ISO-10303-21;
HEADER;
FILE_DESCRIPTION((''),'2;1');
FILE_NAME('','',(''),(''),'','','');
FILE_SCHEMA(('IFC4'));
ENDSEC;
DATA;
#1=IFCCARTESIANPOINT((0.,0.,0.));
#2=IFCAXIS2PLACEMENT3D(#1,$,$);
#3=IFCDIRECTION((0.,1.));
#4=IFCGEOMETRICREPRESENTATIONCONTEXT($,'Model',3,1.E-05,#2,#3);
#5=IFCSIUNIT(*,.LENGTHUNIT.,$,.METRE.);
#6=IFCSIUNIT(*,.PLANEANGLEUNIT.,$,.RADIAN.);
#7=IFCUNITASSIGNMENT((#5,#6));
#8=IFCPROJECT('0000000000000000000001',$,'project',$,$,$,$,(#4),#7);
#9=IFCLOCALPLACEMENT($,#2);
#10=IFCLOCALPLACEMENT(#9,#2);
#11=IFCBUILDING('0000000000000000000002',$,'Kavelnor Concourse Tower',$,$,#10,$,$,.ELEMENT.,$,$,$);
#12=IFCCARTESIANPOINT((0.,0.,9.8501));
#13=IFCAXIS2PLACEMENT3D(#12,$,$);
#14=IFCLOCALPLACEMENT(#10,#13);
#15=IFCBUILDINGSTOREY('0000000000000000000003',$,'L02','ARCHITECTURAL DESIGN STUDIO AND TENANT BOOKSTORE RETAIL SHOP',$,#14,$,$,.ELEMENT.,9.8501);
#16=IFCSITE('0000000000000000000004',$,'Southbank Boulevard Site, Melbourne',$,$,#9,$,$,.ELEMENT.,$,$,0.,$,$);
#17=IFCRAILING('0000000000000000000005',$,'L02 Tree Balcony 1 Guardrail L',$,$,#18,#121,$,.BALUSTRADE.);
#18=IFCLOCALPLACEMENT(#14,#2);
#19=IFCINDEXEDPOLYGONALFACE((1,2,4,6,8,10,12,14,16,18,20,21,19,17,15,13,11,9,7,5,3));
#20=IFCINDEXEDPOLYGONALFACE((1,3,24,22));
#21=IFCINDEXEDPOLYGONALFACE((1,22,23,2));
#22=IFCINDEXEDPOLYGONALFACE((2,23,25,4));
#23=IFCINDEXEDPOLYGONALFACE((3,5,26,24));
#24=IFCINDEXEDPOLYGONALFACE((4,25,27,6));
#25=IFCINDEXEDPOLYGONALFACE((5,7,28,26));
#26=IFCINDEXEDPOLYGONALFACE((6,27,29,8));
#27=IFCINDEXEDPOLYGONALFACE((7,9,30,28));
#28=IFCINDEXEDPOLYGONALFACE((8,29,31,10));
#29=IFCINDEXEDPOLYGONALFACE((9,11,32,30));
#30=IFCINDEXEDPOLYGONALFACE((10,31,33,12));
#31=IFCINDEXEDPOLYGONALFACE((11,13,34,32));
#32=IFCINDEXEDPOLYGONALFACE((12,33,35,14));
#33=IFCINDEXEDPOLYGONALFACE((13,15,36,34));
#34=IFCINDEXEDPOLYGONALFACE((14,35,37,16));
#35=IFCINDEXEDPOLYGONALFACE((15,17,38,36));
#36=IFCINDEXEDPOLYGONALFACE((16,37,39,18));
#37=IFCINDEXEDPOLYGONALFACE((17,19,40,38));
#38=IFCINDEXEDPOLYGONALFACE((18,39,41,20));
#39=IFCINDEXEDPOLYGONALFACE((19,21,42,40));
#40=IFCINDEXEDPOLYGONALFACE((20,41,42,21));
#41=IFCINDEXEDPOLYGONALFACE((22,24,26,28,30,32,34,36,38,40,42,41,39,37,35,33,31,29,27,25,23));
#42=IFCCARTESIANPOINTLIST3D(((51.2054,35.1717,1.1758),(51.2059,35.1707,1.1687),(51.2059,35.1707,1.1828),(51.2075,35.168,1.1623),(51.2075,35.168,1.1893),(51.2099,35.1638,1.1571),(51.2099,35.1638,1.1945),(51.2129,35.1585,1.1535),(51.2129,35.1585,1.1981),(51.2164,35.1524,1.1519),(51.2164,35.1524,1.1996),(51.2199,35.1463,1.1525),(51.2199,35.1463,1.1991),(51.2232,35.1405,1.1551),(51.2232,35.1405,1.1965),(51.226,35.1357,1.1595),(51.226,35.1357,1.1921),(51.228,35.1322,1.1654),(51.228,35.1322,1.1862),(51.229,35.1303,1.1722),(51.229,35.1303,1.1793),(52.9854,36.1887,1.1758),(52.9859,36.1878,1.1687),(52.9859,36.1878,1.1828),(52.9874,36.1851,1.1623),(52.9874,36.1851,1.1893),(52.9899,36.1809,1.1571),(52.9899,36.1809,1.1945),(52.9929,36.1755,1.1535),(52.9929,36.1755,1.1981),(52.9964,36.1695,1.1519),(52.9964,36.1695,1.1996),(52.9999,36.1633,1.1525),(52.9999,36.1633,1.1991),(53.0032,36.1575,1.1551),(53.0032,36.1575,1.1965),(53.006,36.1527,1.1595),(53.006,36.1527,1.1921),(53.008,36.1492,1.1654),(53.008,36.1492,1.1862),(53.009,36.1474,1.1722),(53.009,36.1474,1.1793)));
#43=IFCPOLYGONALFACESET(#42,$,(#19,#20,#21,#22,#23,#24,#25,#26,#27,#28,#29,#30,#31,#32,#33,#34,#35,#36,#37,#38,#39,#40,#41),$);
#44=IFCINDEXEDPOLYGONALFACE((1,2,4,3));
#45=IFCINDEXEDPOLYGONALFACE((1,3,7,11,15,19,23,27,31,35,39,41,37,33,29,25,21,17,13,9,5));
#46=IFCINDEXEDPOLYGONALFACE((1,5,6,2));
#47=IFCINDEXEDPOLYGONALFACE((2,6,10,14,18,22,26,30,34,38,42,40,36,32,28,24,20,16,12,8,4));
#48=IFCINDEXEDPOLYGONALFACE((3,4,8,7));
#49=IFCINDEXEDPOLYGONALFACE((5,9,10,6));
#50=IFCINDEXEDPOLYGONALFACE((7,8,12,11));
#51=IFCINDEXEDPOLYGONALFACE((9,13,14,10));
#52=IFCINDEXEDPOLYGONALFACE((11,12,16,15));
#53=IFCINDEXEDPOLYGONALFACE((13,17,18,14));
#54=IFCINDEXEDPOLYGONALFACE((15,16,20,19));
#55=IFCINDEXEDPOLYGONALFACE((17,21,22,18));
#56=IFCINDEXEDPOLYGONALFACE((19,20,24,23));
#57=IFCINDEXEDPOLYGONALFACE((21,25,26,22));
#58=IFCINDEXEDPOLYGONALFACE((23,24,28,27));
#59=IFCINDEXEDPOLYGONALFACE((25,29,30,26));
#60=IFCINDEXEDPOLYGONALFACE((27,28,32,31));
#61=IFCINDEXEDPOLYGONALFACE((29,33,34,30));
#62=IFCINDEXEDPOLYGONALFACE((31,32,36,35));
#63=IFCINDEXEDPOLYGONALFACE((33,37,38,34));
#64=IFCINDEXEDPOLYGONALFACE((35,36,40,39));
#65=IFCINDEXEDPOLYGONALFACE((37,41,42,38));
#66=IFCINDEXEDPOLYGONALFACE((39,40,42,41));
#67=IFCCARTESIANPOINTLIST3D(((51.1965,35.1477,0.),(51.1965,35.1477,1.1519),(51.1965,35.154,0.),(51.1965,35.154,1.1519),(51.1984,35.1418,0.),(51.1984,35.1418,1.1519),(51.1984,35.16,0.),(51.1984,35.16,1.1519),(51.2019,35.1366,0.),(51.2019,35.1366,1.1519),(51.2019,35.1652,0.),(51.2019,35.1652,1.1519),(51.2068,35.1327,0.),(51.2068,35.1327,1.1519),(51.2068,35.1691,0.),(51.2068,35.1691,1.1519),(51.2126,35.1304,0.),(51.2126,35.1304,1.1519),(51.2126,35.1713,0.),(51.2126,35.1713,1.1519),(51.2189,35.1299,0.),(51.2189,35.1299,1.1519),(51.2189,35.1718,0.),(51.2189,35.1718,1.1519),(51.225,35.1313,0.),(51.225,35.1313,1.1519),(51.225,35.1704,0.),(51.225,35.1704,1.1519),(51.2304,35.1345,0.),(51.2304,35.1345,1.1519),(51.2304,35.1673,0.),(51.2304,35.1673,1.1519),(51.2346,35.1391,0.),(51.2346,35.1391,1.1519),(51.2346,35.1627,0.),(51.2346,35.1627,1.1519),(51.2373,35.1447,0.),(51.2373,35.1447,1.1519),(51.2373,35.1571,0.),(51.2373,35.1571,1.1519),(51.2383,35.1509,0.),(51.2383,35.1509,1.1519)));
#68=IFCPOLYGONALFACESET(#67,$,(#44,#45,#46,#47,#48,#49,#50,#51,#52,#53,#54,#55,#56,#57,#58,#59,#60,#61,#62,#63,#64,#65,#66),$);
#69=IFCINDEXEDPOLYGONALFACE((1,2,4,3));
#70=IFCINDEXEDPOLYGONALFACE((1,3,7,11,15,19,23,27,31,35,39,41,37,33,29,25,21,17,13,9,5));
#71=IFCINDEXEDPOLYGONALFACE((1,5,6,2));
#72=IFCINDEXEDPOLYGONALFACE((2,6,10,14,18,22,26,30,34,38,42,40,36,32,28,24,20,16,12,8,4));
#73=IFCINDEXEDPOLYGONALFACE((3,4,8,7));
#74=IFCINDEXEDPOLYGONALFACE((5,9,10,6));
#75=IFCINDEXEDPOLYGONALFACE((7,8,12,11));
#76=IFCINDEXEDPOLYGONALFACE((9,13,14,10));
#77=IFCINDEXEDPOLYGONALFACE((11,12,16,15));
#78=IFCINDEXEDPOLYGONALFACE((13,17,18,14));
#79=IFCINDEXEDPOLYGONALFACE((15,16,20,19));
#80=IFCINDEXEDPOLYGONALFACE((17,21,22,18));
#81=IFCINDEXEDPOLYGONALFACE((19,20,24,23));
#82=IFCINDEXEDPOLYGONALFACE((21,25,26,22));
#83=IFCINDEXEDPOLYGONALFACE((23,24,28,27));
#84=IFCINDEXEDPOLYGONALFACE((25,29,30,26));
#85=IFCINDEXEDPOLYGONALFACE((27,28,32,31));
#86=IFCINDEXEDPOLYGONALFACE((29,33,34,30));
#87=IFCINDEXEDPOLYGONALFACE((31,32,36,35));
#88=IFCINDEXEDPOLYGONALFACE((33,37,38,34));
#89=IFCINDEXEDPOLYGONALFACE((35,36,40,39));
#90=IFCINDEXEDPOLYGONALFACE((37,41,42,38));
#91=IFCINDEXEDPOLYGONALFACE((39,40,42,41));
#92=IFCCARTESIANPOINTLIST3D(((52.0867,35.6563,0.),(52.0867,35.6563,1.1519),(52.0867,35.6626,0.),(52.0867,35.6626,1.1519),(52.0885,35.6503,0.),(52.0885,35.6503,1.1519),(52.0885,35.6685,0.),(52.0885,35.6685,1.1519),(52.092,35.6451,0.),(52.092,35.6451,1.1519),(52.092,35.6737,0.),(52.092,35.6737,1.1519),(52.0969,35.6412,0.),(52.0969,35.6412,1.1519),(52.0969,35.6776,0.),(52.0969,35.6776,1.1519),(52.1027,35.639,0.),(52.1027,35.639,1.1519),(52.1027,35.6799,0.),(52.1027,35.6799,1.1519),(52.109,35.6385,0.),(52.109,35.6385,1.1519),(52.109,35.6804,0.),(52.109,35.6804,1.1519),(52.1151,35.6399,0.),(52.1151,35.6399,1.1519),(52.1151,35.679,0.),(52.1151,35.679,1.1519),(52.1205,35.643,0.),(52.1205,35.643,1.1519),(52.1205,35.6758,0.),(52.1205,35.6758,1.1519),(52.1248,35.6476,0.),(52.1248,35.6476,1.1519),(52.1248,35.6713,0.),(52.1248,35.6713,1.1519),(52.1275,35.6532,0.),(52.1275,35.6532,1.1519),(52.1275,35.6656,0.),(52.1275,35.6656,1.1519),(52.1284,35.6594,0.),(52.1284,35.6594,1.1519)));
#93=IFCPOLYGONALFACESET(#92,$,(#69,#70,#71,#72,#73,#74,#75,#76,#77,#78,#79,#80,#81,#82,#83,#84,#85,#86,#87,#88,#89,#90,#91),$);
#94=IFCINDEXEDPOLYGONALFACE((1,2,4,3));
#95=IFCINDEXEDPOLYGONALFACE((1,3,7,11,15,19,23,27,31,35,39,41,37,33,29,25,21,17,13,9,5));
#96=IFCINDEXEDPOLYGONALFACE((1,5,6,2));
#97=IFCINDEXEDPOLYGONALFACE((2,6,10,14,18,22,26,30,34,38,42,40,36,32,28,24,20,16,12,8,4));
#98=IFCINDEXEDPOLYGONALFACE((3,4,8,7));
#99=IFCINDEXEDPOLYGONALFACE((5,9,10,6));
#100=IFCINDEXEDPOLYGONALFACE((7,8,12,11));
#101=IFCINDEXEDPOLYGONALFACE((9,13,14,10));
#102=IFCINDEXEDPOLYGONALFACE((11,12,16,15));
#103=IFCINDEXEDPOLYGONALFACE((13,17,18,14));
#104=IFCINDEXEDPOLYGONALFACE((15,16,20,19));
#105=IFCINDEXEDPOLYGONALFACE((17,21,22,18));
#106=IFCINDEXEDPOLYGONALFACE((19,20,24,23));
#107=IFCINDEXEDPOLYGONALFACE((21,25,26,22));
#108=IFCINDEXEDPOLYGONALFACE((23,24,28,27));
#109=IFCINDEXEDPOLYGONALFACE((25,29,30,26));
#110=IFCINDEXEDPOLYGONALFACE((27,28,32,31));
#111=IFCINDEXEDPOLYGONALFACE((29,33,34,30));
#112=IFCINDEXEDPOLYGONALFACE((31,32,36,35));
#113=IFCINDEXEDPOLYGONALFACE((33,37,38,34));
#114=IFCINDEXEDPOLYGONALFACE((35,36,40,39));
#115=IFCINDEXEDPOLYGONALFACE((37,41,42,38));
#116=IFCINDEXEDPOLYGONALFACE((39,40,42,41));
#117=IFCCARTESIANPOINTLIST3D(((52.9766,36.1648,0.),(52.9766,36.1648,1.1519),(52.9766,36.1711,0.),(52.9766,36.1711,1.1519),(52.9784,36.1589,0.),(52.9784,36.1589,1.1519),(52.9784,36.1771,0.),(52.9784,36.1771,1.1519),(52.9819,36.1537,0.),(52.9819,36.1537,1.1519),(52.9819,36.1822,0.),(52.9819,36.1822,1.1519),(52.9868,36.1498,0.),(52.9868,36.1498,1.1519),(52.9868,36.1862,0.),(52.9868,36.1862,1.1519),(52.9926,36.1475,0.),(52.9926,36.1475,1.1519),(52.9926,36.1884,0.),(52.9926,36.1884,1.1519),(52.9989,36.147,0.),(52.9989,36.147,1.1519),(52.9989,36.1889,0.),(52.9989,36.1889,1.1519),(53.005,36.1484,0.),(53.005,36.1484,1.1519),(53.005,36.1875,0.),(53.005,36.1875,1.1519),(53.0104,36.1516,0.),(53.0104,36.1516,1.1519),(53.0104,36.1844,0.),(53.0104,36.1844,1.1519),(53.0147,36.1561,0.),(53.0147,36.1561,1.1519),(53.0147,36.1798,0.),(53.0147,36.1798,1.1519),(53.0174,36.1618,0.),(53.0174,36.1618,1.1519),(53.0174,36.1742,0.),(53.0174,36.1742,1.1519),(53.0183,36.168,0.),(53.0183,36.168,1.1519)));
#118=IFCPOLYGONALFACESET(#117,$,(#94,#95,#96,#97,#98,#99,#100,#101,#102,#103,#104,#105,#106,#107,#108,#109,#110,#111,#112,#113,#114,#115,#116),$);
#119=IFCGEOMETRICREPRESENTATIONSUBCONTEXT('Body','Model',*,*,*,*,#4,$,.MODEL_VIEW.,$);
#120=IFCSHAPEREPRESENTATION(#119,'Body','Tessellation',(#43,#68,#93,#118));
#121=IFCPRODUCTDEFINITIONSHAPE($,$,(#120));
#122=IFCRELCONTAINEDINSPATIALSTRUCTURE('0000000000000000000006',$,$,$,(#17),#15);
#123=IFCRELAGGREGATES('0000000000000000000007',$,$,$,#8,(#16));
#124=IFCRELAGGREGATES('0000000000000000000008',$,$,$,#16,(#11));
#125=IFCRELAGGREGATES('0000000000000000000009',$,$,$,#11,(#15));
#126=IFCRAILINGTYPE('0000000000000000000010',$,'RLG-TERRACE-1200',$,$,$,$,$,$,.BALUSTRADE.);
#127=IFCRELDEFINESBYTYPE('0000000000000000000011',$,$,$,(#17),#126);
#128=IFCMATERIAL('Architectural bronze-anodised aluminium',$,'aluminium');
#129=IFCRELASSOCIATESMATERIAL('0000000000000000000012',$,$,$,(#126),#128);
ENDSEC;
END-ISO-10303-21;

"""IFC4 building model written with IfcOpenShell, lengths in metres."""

from ifc_helpers import new_model, si_unit, direction, frame, origin, origin_2d, place, context, subcontext, project, spatial, circle, extrude, material, type_object, element, save


model = new_model("IFC4")

# Units and contexts
model_context = context("Model", 3, precision=1e-05, world=origin(), true_north=direction((0.0, 1.0)))
body_context = subcontext(model_context, "Body", "Model", "MODEL_VIEW")
ifc_project = project(units=[si_unit("LENGTHUNIT", "METRE"), si_unit("PLANEANGLEUNIT", "RADIAN")], contexts=[model_context])

# Site, building, storey
site_placement = place(None, origin())
site = spatial("IfcSite", under=ifc_project, at=site_placement, Name="Southbank Boulevard Site, Melbourne", CompositionType="ELEMENT", RefElevation=0.0)
building_placement = place(site_placement, origin())
building = spatial("IfcBuilding", under=site, at=building_placement, Name="Kavelnor Concourse Tower", CompositionType="ELEMENT")
storey_placement = place(building_placement, frame((0.0, 0.0, 9.8501)))
storey = spatial("IfcBuildingStorey", under=building, at=storey_placement, Name="L02", Description="ARCHITECTURAL DESIGN STUDIO AND TENANT BOOKSTORE RETAIL SHOP", CompositionType="ELEMENT", Elevation=9.8501)

# Railing
ifc_material_1 = material(Name="Architectural bronze-anodised aluminium", Category="aluminium")
railing_type = type_object("IfcRailingType", Name="RLG-TERRACE-1200", PredefinedType="BALUSTRADE", material=ifc_material_1)
railing_1_placement = place(storey_placement, frame((51.2173, 35.1509, 0.0)))
element("IfcRailing", 1, at=railing_1_placement, inside=storey, type_object=railing_type, Name="L02 Tree Balcony 1 Guardrail L", PredefinedType="BALUSTRADE", context=body_context, shape_type="SweptSolid", body=[
    extrude(circle(Radius=0.0239, at=origin_2d()), frame((0.0, 0.0, 1.1758), z_axis=(0.868258, 0.496113, 0.0), x_axis=(-0.496113, 0.868258, 0.0)), (0.0, 0.0, 1.0), 2.05),
    extrude(circle(Radius=0.021, at=origin_2d()), origin(), (0.0, 0.0, 1.0), 1.1519),
    extrude(circle(Radius=0.021, at=origin_2d()), frame((0.8901, 0.5085, 0.0)), (0.0, 0.0, 1.0), 1.1519),
    extrude(circle(Radius=0.021, at=origin_2d()), frame((1.78, 1.0171, 0.0)), (0.0, 0.0, 1.0), 1.1519),
])

save(model, "model.ifc")
